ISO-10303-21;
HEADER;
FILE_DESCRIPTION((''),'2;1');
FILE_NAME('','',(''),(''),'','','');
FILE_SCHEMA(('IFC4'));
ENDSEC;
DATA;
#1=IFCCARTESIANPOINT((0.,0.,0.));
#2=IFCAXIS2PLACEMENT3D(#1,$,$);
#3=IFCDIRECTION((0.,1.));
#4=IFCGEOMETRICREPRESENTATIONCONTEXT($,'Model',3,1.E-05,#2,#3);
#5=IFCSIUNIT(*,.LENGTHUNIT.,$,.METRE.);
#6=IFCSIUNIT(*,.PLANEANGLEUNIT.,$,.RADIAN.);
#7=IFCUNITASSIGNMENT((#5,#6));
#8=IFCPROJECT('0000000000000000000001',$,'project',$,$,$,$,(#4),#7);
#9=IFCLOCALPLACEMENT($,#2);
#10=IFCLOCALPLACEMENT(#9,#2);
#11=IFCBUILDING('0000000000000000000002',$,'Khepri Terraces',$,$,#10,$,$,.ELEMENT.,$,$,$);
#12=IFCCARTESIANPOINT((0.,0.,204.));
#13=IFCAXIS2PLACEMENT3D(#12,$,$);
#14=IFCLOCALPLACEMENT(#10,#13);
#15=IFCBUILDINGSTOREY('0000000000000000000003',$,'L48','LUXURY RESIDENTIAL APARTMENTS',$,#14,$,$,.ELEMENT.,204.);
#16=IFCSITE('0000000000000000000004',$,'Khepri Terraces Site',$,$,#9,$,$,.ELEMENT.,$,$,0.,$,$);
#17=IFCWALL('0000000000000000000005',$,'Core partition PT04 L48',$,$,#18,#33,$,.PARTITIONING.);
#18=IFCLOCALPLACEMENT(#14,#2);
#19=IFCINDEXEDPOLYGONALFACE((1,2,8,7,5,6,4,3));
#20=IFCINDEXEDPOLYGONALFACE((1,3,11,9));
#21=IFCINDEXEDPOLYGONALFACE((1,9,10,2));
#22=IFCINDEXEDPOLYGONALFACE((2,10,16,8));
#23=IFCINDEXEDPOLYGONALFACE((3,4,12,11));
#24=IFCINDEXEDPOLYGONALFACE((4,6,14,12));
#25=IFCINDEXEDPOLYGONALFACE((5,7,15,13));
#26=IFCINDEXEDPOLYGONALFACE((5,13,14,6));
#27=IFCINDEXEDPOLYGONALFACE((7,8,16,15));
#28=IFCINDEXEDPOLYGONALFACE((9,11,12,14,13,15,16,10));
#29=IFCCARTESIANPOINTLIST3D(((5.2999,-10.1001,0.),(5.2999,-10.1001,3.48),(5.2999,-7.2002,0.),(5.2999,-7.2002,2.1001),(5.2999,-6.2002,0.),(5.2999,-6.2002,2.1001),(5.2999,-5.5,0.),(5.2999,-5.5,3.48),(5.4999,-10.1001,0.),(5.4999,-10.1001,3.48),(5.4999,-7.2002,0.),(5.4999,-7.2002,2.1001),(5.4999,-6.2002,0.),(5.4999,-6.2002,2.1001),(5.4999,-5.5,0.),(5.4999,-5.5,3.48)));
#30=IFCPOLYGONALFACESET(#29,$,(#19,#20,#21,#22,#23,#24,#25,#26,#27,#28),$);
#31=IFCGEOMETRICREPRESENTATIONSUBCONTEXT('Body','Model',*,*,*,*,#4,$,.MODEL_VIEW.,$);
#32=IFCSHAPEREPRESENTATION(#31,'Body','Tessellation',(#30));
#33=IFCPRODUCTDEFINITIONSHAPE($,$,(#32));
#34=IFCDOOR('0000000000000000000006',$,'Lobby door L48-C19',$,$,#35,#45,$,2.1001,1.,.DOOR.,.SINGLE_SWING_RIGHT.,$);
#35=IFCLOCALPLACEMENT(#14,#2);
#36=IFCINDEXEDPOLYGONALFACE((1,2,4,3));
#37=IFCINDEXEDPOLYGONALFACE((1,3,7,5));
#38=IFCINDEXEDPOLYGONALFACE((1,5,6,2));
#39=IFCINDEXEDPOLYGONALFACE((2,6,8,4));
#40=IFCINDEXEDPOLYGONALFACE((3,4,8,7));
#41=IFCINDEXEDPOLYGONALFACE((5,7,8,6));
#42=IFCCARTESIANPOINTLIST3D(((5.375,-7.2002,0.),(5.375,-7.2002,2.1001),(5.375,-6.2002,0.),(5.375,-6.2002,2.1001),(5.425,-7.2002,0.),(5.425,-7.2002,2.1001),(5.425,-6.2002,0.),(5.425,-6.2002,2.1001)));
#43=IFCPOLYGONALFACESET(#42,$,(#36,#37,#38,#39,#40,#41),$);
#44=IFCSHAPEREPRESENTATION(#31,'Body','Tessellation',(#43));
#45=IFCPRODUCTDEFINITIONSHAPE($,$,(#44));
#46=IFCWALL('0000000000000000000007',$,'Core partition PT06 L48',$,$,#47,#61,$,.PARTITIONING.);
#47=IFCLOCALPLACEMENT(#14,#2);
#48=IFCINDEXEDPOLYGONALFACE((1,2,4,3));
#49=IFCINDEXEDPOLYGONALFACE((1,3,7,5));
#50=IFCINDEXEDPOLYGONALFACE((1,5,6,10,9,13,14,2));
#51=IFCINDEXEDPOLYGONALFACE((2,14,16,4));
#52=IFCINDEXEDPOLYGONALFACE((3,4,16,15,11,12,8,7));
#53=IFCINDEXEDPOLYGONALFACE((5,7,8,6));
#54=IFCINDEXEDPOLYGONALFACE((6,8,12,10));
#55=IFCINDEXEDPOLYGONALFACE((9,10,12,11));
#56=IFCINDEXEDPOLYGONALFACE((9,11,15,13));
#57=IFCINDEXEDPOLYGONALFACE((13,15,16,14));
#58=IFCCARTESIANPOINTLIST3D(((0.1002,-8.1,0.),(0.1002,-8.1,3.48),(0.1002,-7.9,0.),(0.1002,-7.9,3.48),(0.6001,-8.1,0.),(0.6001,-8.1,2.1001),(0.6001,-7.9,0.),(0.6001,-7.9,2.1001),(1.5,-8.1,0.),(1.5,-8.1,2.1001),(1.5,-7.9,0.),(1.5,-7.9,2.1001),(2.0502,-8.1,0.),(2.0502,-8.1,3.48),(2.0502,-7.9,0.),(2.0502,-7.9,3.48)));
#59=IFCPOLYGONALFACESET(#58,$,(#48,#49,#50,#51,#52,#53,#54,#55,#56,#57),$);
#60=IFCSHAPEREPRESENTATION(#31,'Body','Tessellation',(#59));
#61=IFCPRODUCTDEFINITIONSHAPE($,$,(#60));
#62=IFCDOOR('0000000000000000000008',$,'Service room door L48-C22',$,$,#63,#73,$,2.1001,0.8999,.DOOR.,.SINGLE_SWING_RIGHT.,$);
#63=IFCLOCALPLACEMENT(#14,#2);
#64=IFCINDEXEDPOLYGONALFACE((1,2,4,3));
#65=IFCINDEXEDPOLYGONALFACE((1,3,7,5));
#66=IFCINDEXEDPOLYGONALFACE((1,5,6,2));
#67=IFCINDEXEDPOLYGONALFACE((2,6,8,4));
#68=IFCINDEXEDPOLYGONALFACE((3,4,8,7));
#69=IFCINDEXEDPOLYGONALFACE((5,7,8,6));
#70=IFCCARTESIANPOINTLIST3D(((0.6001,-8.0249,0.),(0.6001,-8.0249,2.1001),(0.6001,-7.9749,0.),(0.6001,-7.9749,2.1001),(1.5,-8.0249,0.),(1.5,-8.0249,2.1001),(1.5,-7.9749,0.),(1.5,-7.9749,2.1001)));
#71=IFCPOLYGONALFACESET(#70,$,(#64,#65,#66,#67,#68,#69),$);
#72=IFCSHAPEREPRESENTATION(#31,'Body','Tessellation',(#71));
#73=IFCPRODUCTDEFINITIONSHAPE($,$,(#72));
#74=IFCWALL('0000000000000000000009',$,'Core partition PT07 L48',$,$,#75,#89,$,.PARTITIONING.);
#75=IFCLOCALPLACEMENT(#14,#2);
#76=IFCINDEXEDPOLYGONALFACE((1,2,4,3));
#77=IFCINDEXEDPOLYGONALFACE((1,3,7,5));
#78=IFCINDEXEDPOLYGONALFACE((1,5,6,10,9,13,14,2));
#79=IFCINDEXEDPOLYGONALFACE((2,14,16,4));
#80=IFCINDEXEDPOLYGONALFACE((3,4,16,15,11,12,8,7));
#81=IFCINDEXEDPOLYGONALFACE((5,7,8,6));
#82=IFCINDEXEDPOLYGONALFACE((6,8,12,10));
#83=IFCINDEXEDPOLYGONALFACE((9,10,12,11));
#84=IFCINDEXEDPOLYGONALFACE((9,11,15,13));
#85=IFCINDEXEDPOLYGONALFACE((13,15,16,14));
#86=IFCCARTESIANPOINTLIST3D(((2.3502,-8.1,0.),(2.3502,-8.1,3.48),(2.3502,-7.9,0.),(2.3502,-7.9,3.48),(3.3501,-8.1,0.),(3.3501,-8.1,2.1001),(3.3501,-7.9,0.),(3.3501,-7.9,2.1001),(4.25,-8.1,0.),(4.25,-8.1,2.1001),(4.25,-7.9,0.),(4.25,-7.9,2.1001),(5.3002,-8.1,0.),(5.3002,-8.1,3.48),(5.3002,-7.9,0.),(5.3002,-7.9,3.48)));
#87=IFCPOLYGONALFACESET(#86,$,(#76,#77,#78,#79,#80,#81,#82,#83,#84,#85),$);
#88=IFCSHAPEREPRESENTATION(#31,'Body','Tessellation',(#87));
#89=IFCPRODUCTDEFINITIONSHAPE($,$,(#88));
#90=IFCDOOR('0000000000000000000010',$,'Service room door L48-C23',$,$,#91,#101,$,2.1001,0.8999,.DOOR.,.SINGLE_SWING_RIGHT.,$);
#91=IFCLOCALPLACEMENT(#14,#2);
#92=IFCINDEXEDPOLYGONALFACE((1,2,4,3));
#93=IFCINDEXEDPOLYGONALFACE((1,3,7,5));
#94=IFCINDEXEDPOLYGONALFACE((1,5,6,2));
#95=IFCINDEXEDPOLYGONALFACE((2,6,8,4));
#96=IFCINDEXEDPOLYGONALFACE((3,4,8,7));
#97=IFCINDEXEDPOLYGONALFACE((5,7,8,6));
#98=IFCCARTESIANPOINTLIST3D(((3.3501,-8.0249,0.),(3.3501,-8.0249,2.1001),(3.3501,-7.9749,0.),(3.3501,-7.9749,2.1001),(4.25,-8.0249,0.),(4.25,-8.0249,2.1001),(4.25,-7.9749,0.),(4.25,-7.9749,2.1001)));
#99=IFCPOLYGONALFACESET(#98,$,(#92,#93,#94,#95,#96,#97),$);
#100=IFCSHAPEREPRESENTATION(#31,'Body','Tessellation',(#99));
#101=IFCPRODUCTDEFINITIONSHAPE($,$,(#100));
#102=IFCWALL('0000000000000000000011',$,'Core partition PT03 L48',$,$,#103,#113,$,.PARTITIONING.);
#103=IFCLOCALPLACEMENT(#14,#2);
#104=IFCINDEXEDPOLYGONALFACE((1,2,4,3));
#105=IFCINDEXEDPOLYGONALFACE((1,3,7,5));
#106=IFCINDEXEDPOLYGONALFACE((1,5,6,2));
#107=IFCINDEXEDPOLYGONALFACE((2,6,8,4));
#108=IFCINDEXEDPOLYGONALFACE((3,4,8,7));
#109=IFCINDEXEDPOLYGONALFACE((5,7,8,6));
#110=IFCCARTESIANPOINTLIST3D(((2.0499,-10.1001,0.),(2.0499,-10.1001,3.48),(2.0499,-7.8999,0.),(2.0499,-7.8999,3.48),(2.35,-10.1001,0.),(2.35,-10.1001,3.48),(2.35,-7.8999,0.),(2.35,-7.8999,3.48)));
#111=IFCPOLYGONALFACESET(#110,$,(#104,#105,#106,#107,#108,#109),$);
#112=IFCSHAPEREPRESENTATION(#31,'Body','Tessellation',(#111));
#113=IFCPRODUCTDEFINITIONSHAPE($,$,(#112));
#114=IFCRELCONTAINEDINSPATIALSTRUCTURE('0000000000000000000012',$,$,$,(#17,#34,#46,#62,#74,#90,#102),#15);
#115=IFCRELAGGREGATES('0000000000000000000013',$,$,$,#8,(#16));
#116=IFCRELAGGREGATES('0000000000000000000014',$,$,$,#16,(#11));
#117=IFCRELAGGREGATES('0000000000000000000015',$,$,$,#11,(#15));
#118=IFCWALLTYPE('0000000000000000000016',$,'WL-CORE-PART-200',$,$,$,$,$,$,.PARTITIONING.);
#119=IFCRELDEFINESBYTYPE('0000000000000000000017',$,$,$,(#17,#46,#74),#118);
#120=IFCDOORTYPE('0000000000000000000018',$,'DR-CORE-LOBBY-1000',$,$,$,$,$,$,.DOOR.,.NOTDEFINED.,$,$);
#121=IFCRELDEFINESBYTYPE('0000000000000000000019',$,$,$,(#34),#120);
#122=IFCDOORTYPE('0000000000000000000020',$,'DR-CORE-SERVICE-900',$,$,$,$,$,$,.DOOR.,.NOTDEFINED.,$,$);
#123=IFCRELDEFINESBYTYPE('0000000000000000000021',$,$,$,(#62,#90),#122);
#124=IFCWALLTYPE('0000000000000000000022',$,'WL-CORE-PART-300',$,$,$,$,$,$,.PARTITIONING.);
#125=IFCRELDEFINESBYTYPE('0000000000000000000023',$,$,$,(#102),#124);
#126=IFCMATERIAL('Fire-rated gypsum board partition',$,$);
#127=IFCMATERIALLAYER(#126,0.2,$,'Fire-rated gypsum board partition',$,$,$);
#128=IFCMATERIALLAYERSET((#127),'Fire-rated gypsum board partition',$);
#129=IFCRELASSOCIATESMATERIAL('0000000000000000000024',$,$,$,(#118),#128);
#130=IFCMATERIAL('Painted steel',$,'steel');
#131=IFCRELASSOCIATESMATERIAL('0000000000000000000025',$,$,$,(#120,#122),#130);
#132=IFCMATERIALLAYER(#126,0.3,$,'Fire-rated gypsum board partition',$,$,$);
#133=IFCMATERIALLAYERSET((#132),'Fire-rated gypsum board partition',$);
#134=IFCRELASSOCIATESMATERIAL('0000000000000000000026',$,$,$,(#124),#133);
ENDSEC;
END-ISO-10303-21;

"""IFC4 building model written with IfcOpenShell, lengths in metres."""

from ifc_helpers import new_model, si_unit, direction, frame, frame_2d, origin, place, context, subcontext, project, spatial, rectangle, extrude, material, layer, layer_set, type_object, element, fill, save


model = new_model("IFC4")

# Units and contexts
model_context = context("Model", 3, precision=1e-05, world=origin(), true_north=direction((0.0, 1.0)))
body_context = subcontext(model_context, "Body", "Model", "MODEL_VIEW")
ifc_project = project(units=[si_unit("LENGTHUNIT", "METRE"), si_unit("PLANEANGLEUNIT", "RADIAN")], contexts=[model_context])

# Site, building, storey
site_placement = place(None, origin())
site = spatial("IfcSite", under=ifc_project, at=site_placement, Name="Khepri Terraces Site", CompositionType="ELEMENT", RefElevation=0.0)
building_placement = place(site_placement, origin())
building = spatial("IfcBuilding", under=site, at=building_placement, Name="Khepri Terraces", CompositionType="ELEMENT")
storey_placement = place(building_placement, frame((0.0, 0.0, 204.0)))
storey = spatial("IfcBuildingStorey", under=building, at=storey_placement, Name="L48", Description="LUXURY RESIDENTIAL APARTMENTS", CompositionType="ELEMENT", Elevation=204.0)

# Shared definitions
ifc_material_1 = material(Name="Fire-rated gypsum board partition")
ifc_layer_1 = layer(ifc_material_1, 0.2, Name="Fire-rated gypsum board partition")
ifc_layer_set_1 = layer_set([ifc_layer_1], Name="Fire-rated gypsum board partition")
wall_type_1 = type_object("IfcWallType", Name="WL-CORE-PART-200", PredefinedType="PARTITIONING", material=ifc_layer_set_1)

# Walls, openings, doors
wall_1_placement = place(storey_placement, frame((5.3999, -10.1001, 0.0), z_axis=(0.0, 0.0, 1.0), x_axis=(0.0, 1.0, 0.0)))
wall_1 = element("IfcWall", 1, at=wall_1_placement, inside=storey, type_object=wall_type_1, Name="Core partition PT04 L48", PredefinedType="PARTITIONING", context=body_context, shape_type="SweptSolid", body=[
    extrude(rectangle(XDim=4.6001, YDim=0.2, at=frame_2d((2.3, 0.0))), origin(), (0.0, 0.0, 1.0), 3.48),
])
opening_1_placement = place(wall_1_placement, frame((2.8999, 0.0, 0.0)))
opening_1 = element("IfcOpeningElement", 2, at=opening_1_placement, cuts=wall_1, PredefinedType="OPENING", context=body_context, shape_type="SweptSolid", body=[
    extrude(rectangle(XDim=1.0, YDim=2.1001, at=frame_2d((0.5, 1.05))), frame((0.0, 0.1099, 0.0), z_axis=(0.0, -1.0, 0.0), x_axis=(1.0, 0.0, 0.0)), (0.0, 0.0, 1.0), 0.22),
])
ifc_material_2 = material(Name="Painted steel", Category="steel")
door_type_1 = type_object("IfcDoorType", Name="DR-CORE-LOBBY-1000", OperationType="NOTDEFINED", PredefinedType="DOOR", material=ifc_material_2)
door_1_placement = place(opening_1_placement, origin())
door_1 = element("IfcDoor", 3, at=door_1_placement, inside=storey, type_object=door_type_1, Name="Lobby door L48-C19", OperationType="SINGLE_SWING_RIGHT", OverallHeight=2.1001, OverallWidth=1.0, PredefinedType="DOOR", context=body_context, shape_type="SweptSolid", body=[
    extrude(rectangle(XDim=1.0, YDim=2.1001, at=frame_2d((0.5, 1.05))), frame((0.0, 0.0249, 0.0), z_axis=(0.0, -1.0, 0.0), x_axis=(1.0, 0.0, 0.0)), (0.0, 0.0, 1.0), 0.05),
])
fill(opening_1, door_1)
wall_2_placement = place(storey_placement, frame((0.1001, -8.0, 0.0), z_axis=(0.0, 0.0, 1.0), x_axis=(1.0, 0.0, 0.0)))
wall_2 = element("IfcWall", 4, at=wall_2_placement, inside=storey, type_object=wall_type_1, Name="Core partition PT06 L48", PredefinedType="PARTITIONING", context=body_context, shape_type="SweptSolid", body=[
    extrude(rectangle(XDim=1.95, YDim=0.2, at=frame_2d((0.9751, 0.0))), origin(), (0.0, 0.0, 1.0), 3.48),
])
opening_2_placement = place(wall_2_placement, frame((0.5, 0.0, 0.0)))
opening_2 = element("IfcOpeningElement", 5, at=opening_2_placement, cuts=wall_2, PredefinedType="OPENING", context=body_context, shape_type="SweptSolid", body=[
    extrude(rectangle(XDim=0.8999, YDim=2.1001, at=frame_2d((0.45, 1.05))), frame((0.0, 0.1099, 0.0), z_axis=(0.0, -1.0, 0.0), x_axis=(1.0, 0.0, 0.0)), (0.0, 0.0, 1.0), 0.22),
])
door_type_2 = type_object("IfcDoorType", Name="DR-CORE-SERVICE-900", OperationType="NOTDEFINED", PredefinedType="DOOR", material=ifc_material_2)
door_2_placement = place(opening_2_placement, frame((0.8999, 0.0, 0.0), z_axis=(0.0, 0.0, 1.0), x_axis=(-1.0, 0.0, 0.0)))
door_2 = element("IfcDoor", 6, at=door_2_placement, inside=storey, type_object=door_type_2, Name="Service room door L48-C22", OperationType="SINGLE_SWING_RIGHT", OverallHeight=2.1001, OverallWidth=0.8999, PredefinedType="DOOR", context=body_context, shape_type="SweptSolid", body=[
    extrude(rectangle(XDim=0.8999, YDim=2.1001, at=frame_2d((0.45, 1.05))), frame((0.0, 0.0249, 0.0), z_axis=(0.0, -1.0, 0.0), x_axis=(1.0, 0.0, 0.0)), (0.0, 0.0, 1.0), 0.05),
])
fill(opening_2, door_2)
wall_3_placement = place(storey_placement, frame((2.3501, -8.0, 0.0), z_axis=(0.0, 0.0, 1.0), x_axis=(1.0, 0.0, 0.0)))
wall_3 = element("IfcWall", 7, at=wall_3_placement, inside=storey, type_object=wall_type_1, Name="Core partition PT07 L48", PredefinedType="PARTITIONING", context=body_context, shape_type="SweptSolid", body=[
    extrude(rectangle(XDim=2.95, YDim=0.2, at=frame_2d((1.4751, 0.0))), origin(), (0.0, 0.0, 1.0), 3.48),
])
opening_3_placement = place(wall_3_placement, frame((1.0, 0.0, 0.0)))
opening_3 = element("IfcOpeningElement", 8, at=opening_3_placement, cuts=wall_3, PredefinedType="OPENING", context=body_context, shape_type="SweptSolid", body=[
    extrude(rectangle(XDim=0.8999, YDim=2.1001, at=frame_2d((0.45, 1.05))), frame((0.0, 0.1099, 0.0), z_axis=(0.0, -1.0, 0.0), x_axis=(1.0, 0.0, 0.0)), (0.0, 0.0, 1.0), 0.22),
])
door_3_placement = place(opening_3_placement, frame((0.8999, 0.0, 0.0), z_axis=(0.0, 0.0, 1.0), x_axis=(-1.0, 0.0, 0.0)))
door_3 = element("IfcDoor", 9, at=door_3_placement, inside=storey, type_object=door_type_2, Name="Service room door L48-C23", OperationType="SINGLE_SWING_RIGHT", OverallHeight=2.1001, OverallWidth=0.8999, PredefinedType="DOOR", context=body_context, shape_type="SweptSolid", body=[
    extrude(rectangle(XDim=0.8999, YDim=2.1001, at=frame_2d((0.45, 1.05))), frame((0.0, 0.0249, 0.0), z_axis=(0.0, -1.0, 0.0), x_axis=(1.0, 0.0, 0.0)), (0.0, 0.0, 1.0), 0.05),
])
fill(opening_3, door_3)

# Wall
ifc_layer_2 = layer(ifc_material_1, 0.3, Name="Fire-rated gypsum board partition")
ifc_layer_set_2 = layer_set([ifc_layer_2], Name="Fire-rated gypsum board partition")
wall_type_2 = type_object("IfcWallType", Name="WL-CORE-PART-300", PredefinedType="PARTITIONING", material=ifc_layer_set_2)
wall_4_placement = place(storey_placement, frame((2.2, -10.1001, 0.0), z_axis=(0.0, 0.0, 1.0), x_axis=(0.0, 1.0, 0.0)))
element("IfcWall", 10, at=wall_4_placement, inside=storey, type_object=wall_type_2, Name="Core partition PT03 L48", PredefinedType="PARTITIONING", context=body_context, shape_type="SweptSolid", body=[
    extrude(rectangle(XDim=2.2002, YDim=0.3, at=frame_2d((1.1001, 0.0))), origin(), (0.0, 0.0, 1.0), 3.48),
])

save(model, "model.ifc")
